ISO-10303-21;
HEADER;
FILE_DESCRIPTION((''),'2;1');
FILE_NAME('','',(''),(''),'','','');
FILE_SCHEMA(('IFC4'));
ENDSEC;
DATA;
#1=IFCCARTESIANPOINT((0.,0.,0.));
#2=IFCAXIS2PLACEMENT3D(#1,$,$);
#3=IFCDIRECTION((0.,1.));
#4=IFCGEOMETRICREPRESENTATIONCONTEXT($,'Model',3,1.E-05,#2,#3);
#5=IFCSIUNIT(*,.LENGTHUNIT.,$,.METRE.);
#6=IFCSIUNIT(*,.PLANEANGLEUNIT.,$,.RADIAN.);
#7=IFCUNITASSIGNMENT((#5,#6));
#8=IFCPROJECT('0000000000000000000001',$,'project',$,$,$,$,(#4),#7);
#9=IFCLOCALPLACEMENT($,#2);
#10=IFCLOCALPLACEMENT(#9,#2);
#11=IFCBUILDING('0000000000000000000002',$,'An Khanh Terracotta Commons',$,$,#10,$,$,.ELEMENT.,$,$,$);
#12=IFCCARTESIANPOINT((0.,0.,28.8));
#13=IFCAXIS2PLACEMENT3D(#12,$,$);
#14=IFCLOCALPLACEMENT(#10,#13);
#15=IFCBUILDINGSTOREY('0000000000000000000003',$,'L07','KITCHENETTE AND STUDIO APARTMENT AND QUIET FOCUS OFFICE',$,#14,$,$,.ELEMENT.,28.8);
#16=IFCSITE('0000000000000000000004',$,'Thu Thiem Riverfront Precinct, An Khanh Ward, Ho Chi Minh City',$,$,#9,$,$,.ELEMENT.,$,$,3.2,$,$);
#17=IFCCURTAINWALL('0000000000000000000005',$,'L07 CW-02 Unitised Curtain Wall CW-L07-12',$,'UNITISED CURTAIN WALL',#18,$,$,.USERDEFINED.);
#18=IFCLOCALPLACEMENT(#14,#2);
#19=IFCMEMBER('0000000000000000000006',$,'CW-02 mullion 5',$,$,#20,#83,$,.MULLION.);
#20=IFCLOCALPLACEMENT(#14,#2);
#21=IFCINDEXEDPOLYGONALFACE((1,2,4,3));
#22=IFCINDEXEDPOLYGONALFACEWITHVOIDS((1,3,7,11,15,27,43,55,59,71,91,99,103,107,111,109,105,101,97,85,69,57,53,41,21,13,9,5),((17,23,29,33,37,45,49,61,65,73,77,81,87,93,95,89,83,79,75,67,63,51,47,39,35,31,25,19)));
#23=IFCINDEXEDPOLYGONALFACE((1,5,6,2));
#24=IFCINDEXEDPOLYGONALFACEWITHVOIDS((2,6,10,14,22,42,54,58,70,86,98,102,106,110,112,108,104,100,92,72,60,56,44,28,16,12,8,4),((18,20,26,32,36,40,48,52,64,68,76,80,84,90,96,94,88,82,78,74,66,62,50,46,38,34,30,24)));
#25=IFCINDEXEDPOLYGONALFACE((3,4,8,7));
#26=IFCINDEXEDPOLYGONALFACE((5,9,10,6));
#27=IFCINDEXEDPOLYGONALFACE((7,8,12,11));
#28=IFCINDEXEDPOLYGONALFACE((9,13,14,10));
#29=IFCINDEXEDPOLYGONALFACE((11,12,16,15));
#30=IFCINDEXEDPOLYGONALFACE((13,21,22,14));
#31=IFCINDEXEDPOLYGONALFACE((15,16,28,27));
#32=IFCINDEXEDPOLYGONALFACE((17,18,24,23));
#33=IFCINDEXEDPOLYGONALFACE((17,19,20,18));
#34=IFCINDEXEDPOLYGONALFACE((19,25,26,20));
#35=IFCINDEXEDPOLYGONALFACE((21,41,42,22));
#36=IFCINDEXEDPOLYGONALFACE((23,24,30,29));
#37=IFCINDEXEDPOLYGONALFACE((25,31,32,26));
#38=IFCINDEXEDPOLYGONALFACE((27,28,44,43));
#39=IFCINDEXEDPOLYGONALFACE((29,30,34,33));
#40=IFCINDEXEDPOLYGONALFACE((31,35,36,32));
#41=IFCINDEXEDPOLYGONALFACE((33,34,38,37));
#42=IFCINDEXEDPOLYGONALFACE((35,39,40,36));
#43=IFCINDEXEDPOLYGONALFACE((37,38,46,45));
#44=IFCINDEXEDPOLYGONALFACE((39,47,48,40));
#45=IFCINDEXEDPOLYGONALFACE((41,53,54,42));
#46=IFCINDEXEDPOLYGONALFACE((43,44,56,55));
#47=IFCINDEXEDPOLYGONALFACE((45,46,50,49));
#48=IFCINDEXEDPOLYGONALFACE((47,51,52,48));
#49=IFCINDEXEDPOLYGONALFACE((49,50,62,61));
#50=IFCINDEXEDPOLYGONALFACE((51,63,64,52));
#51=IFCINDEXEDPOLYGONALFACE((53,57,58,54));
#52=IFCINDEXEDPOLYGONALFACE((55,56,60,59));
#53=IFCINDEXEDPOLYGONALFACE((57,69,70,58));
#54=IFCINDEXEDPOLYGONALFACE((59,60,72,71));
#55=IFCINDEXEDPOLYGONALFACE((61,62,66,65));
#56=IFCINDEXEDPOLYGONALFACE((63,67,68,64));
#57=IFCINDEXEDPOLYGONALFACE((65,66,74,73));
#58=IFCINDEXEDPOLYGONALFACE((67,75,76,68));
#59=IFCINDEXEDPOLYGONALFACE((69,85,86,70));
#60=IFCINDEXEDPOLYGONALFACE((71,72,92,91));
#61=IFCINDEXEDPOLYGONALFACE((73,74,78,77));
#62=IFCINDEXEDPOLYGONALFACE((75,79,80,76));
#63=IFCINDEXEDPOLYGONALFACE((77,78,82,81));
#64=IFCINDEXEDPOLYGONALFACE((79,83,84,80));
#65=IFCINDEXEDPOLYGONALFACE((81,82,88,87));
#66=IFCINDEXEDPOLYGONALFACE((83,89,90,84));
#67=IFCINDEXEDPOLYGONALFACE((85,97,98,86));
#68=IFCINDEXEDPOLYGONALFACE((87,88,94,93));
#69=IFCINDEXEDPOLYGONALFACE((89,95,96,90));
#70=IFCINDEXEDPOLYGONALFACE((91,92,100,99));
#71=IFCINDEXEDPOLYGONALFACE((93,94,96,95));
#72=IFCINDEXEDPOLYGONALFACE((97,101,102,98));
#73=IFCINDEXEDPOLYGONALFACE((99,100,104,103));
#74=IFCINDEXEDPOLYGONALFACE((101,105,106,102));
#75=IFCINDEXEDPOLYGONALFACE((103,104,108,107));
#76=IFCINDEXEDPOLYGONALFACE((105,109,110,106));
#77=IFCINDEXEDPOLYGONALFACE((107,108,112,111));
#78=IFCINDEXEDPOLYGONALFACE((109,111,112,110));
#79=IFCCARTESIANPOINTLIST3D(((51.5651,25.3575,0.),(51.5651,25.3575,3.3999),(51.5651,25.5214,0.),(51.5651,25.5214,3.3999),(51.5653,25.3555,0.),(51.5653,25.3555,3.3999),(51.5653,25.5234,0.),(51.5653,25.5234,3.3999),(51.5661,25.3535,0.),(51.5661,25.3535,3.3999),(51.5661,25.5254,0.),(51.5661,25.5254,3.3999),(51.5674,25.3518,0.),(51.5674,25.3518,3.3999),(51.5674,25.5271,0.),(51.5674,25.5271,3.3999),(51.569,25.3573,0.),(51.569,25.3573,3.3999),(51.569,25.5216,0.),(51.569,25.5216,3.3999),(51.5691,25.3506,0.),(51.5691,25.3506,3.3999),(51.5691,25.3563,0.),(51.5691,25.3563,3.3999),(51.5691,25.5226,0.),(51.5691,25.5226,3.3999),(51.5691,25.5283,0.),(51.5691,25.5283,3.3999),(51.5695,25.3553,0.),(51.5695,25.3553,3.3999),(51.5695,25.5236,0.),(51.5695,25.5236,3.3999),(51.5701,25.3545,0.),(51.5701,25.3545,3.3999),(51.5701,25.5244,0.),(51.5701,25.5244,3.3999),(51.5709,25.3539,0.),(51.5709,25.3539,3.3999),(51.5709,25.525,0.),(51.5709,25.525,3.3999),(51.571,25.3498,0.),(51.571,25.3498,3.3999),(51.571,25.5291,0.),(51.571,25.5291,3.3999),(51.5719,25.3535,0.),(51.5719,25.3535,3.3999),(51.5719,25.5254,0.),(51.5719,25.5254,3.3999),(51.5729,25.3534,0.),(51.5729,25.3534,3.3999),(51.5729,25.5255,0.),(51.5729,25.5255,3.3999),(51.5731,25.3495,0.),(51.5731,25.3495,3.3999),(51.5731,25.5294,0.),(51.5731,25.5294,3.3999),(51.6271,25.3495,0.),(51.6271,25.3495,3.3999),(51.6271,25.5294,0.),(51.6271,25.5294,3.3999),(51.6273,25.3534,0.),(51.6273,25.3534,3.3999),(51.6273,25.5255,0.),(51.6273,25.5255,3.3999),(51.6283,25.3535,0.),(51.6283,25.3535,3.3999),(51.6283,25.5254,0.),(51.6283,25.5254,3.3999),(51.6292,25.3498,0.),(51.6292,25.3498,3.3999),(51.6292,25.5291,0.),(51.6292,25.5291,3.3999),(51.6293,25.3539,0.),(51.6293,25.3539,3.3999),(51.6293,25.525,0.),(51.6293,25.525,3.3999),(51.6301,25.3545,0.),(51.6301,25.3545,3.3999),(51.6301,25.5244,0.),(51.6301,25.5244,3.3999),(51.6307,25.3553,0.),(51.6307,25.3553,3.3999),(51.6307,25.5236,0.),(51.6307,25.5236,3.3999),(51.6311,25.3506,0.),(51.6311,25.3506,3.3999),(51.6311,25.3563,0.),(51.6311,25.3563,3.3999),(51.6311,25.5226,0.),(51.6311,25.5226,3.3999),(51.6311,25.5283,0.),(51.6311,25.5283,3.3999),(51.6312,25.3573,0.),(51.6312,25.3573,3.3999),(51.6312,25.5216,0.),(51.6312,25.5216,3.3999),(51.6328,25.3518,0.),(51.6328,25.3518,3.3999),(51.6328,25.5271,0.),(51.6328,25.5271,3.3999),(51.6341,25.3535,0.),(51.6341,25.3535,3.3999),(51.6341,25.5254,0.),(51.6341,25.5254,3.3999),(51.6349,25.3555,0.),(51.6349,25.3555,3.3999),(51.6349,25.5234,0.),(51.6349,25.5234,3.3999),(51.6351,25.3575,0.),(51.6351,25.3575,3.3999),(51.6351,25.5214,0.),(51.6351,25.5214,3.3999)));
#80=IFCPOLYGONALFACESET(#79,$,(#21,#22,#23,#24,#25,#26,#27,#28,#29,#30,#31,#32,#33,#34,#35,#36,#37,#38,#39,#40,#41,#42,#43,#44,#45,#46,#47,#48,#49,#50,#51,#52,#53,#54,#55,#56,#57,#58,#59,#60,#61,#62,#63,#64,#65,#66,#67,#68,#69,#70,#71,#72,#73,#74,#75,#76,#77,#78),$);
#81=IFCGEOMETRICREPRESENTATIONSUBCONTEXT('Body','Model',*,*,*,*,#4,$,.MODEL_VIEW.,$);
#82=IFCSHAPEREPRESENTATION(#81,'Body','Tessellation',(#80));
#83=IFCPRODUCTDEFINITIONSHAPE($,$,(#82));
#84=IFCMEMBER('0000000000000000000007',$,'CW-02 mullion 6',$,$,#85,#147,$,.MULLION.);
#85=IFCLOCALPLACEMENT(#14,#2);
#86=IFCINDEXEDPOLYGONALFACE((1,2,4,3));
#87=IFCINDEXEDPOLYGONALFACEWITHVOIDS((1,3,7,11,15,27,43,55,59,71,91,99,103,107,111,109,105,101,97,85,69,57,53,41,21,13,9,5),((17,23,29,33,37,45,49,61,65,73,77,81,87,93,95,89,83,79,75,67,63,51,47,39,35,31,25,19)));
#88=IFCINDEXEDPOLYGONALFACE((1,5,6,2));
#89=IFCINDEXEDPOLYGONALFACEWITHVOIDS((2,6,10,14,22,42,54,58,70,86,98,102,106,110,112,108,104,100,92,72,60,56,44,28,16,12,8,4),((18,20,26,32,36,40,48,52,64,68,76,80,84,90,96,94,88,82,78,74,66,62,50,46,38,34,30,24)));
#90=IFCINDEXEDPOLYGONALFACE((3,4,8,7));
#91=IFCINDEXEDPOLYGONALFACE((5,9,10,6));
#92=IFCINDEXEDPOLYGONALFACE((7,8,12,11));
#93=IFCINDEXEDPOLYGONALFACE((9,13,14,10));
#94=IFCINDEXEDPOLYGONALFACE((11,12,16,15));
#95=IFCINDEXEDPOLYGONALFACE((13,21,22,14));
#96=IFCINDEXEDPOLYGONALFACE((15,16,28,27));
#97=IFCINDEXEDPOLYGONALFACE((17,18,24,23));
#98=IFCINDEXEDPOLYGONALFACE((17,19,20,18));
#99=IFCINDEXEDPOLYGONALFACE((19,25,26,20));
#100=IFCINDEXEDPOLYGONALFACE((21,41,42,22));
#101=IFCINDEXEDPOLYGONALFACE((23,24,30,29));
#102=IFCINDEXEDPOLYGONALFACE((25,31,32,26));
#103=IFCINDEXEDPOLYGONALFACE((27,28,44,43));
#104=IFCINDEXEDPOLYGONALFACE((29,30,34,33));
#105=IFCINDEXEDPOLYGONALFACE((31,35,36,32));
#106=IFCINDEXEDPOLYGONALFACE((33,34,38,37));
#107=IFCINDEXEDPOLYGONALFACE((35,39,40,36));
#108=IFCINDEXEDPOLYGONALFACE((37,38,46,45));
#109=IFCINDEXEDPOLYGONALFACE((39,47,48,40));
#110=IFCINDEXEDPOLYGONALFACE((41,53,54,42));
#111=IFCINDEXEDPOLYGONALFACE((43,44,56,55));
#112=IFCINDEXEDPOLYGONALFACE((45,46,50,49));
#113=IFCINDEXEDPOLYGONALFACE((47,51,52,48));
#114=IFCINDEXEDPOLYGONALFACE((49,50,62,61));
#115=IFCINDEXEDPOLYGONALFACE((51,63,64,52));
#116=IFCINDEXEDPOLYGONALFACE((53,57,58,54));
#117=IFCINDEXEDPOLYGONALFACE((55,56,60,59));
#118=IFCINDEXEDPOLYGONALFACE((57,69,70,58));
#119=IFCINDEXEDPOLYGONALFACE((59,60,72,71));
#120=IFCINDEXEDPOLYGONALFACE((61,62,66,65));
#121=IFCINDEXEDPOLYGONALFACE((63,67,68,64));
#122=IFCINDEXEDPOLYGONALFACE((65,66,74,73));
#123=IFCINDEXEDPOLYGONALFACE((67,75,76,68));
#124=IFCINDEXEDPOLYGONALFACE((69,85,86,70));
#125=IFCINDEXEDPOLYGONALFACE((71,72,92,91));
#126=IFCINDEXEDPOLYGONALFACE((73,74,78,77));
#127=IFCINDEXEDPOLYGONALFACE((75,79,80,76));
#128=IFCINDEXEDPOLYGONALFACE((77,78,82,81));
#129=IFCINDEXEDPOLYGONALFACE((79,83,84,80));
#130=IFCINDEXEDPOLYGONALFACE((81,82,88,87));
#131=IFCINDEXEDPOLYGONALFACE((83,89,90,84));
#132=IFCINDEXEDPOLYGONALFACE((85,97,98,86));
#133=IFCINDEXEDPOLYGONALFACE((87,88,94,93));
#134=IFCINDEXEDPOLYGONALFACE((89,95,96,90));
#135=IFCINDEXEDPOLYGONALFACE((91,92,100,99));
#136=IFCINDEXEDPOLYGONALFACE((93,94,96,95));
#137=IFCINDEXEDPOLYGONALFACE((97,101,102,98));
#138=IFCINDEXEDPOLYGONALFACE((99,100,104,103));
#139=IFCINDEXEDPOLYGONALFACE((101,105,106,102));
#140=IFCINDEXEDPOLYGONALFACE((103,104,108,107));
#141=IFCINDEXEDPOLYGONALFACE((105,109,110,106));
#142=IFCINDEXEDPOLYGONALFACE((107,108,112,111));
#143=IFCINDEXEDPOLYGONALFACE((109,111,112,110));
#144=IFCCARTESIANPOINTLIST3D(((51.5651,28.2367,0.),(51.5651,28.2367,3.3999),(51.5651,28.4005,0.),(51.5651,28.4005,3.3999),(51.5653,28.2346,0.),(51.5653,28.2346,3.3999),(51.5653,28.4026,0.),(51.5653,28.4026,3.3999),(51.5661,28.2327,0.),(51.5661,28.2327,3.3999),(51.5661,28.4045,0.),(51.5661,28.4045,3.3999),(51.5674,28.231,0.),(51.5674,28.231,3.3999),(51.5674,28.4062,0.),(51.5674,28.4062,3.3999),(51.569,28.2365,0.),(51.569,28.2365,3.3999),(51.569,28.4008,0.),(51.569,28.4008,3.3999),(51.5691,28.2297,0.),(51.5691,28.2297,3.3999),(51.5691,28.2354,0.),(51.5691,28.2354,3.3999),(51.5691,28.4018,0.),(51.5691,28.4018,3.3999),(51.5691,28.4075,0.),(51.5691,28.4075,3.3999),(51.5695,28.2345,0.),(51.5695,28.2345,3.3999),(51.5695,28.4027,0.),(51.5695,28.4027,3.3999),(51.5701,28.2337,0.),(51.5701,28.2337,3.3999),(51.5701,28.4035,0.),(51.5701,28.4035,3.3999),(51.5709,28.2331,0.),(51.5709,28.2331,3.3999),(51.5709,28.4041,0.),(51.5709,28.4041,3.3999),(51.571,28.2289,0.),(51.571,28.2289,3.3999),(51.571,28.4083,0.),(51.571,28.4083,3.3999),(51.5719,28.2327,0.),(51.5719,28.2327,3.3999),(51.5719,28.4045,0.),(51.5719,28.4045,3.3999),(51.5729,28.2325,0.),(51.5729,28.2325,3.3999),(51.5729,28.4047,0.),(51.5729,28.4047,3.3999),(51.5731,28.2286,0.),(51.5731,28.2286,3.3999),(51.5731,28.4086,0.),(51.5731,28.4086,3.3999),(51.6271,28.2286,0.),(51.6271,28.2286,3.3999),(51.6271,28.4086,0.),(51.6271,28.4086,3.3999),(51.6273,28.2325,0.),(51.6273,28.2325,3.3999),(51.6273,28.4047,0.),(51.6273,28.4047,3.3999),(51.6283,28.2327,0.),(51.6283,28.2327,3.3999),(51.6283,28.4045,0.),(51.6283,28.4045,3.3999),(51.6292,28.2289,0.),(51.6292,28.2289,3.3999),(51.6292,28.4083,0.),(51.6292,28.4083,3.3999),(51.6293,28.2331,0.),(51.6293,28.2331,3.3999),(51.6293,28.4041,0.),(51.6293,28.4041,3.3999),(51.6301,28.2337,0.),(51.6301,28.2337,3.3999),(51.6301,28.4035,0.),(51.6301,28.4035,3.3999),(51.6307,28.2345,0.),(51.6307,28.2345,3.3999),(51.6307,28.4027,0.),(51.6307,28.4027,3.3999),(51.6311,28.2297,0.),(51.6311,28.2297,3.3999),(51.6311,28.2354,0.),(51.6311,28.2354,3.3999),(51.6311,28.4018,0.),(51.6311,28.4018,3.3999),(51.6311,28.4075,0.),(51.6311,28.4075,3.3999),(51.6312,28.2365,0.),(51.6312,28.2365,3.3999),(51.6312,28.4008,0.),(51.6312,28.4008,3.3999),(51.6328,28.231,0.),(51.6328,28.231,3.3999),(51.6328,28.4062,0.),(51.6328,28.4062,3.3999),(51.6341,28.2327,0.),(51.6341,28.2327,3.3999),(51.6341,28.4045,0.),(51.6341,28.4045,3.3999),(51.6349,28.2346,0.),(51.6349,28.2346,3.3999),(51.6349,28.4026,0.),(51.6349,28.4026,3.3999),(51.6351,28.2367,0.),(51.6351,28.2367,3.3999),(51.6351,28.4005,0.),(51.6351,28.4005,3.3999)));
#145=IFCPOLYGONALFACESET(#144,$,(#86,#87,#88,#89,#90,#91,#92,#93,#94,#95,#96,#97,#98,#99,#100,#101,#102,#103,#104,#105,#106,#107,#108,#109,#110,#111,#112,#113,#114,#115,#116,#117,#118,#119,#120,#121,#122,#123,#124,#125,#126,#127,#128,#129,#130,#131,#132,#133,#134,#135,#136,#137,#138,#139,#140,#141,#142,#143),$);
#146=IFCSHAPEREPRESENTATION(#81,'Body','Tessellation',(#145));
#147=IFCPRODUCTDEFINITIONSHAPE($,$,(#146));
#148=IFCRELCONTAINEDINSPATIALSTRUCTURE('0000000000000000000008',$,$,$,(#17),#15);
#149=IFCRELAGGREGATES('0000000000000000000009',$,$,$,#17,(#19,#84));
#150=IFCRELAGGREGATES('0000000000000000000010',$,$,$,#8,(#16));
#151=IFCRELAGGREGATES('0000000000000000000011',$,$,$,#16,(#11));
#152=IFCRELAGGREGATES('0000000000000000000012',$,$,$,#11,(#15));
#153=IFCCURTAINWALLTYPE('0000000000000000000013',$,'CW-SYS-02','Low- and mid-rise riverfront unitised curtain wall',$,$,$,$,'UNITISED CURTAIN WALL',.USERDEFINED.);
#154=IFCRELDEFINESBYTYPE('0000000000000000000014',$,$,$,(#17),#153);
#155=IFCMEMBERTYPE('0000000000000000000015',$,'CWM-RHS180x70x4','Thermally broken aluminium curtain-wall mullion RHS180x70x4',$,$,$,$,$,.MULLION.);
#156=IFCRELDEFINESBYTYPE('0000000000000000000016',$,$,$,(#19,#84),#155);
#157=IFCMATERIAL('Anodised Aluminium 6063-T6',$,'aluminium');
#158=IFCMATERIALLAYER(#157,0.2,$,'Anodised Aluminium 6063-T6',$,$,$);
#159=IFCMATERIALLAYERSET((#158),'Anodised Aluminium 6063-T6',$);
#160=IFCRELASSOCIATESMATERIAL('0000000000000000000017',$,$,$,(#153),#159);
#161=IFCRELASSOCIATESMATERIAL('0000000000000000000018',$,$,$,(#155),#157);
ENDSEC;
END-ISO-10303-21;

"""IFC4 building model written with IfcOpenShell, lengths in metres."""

from ifc_helpers import new_model, si_unit, direction, frame, origin, origin_2d, place, context, subcontext, project, spatial, hollow_rectangle, extrude, material, layer, layer_set, material_profile, profile_set, type_object, element, aggregate, save


model = new_model("IFC4")

# Units and contexts
model_context = context("Model", 3, precision=1e-05, world=origin(), true_north=direction((0.0, 1.0)))
body_context = subcontext(model_context, "Body", "Model", "MODEL_VIEW")
ifc_project = project(units=[si_unit("LENGTHUNIT", "METRE"), si_unit("PLANEANGLEUNIT", "RADIAN")], contexts=[model_context])

# Site, building, storey
site_placement = place(None, origin())
site = spatial("IfcSite", under=ifc_project, at=site_placement, Name="Thu Thiem Riverfront Precinct, An Khanh Ward, Ho Chi Minh City", CompositionType="ELEMENT", RefElevation=3.2)
building_placement = place(site_placement, origin())
building = spatial("IfcBuilding", under=site, at=building_placement, Name="An Khanh Terracotta Commons", CompositionType="ELEMENT")
storey_placement = place(building_placement, frame((0.0, 0.0, 28.8)))
storey = spatial("IfcBuildingStorey", under=building, at=storey_placement, Name="L07", Description="KITCHENETTE AND STUDIO APARTMENT AND QUIET FOCUS OFFICE", CompositionType="ELEMENT", Elevation=28.8)

# Curtain wall, members
ifc_material_1 = material(Name="Anodised Aluminium 6063-T6", Category="aluminium")
ifc_layer_1 = layer(ifc_material_1, 0.2, Name="Anodised Aluminium 6063-T6")
ifc_layer_set_1 = layer_set([ifc_layer_1], Name="Anodised Aluminium 6063-T6")
curtain_wall_type = type_object("IfcCurtainWallType", Name="CW-SYS-02", Description="Low- and mid-rise riverfront unitised curtain wall", ElementType="UNITISED CURTAIN WALL", PredefinedType="USERDEFINED", material=ifc_layer_set_1)
curtain_wall_placement = place(storey_placement, origin())
curtain_wall = element("IfcCurtainWall", 1, at=curtain_wall_placement, inside=storey, type_object=curtain_wall_type, Name="L07 CW-02 Unitised Curtain Wall CW-L07-12", ObjectType="UNITISED CURTAIN WALL", PredefinedType="USERDEFINED")
ifc_material_profile_1 = material_profile(ifc_material_1, hollow_rectangle(XDim=0.0701, YDim=0.1799, WallThickness=0.0039, InnerFilletRadius=0.0039, OuterFilletRadius=0.0081, at=origin_2d()), Name="RHS180x70x4")
ifc_profile_set_1 = profile_set([ifc_material_profile_1], Name="Anodised Aluminium 6063-T6")
member_type_1 = type_object("IfcMemberType", Name="CWM-RHS180x70x4", Description="Thermally broken aluminium curtain-wall mullion RHS180x70x4", PredefinedType="MULLION", material=ifc_profile_set_1)
member_1_placement = place(storey_placement, frame((51.6001, 25.4395, 0.0), z_axis=(0.0, 0.0, 1.0), x_axis=(-1.0, 0.0, 0.0)))
member_1 = element("IfcMember", 2, at=member_1_placement, type_object=member_type_1, Name="CW-02 mullion 5", PredefinedType="MULLION", context=body_context, shape_type="SweptSolid", body=[
    extrude(hollow_rectangle(XDim=0.0701, YDim=0.1799, WallThickness=0.0039, InnerFilletRadius=0.0039, OuterFilletRadius=0.0081, at=origin_2d()), origin(), (0.0, 0.0, 1.0), 3.3999),
])
member_2_placement = place(storey_placement, frame((51.6001, 28.3186, 0.0), z_axis=(0.0, 0.0, 1.0), x_axis=(-1.0, 0.0, 0.0)))
member_2 = element("IfcMember", 3, at=member_2_placement, type_object=member_type_1, Name="CW-02 mullion 6", PredefinedType="MULLION", context=body_context, shape_type="SweptSolid", body=[
    extrude(hollow_rectangle(XDim=0.0701, YDim=0.1799, WallThickness=0.0039, InnerFilletRadius=0.0039, OuterFilletRadius=0.0081, at=origin_2d()), origin(), (0.0, 0.0, 1.0), 3.3999),
])
aggregate(curtain_wall, [member_1, member_2])

save(model, "model.ifc")
